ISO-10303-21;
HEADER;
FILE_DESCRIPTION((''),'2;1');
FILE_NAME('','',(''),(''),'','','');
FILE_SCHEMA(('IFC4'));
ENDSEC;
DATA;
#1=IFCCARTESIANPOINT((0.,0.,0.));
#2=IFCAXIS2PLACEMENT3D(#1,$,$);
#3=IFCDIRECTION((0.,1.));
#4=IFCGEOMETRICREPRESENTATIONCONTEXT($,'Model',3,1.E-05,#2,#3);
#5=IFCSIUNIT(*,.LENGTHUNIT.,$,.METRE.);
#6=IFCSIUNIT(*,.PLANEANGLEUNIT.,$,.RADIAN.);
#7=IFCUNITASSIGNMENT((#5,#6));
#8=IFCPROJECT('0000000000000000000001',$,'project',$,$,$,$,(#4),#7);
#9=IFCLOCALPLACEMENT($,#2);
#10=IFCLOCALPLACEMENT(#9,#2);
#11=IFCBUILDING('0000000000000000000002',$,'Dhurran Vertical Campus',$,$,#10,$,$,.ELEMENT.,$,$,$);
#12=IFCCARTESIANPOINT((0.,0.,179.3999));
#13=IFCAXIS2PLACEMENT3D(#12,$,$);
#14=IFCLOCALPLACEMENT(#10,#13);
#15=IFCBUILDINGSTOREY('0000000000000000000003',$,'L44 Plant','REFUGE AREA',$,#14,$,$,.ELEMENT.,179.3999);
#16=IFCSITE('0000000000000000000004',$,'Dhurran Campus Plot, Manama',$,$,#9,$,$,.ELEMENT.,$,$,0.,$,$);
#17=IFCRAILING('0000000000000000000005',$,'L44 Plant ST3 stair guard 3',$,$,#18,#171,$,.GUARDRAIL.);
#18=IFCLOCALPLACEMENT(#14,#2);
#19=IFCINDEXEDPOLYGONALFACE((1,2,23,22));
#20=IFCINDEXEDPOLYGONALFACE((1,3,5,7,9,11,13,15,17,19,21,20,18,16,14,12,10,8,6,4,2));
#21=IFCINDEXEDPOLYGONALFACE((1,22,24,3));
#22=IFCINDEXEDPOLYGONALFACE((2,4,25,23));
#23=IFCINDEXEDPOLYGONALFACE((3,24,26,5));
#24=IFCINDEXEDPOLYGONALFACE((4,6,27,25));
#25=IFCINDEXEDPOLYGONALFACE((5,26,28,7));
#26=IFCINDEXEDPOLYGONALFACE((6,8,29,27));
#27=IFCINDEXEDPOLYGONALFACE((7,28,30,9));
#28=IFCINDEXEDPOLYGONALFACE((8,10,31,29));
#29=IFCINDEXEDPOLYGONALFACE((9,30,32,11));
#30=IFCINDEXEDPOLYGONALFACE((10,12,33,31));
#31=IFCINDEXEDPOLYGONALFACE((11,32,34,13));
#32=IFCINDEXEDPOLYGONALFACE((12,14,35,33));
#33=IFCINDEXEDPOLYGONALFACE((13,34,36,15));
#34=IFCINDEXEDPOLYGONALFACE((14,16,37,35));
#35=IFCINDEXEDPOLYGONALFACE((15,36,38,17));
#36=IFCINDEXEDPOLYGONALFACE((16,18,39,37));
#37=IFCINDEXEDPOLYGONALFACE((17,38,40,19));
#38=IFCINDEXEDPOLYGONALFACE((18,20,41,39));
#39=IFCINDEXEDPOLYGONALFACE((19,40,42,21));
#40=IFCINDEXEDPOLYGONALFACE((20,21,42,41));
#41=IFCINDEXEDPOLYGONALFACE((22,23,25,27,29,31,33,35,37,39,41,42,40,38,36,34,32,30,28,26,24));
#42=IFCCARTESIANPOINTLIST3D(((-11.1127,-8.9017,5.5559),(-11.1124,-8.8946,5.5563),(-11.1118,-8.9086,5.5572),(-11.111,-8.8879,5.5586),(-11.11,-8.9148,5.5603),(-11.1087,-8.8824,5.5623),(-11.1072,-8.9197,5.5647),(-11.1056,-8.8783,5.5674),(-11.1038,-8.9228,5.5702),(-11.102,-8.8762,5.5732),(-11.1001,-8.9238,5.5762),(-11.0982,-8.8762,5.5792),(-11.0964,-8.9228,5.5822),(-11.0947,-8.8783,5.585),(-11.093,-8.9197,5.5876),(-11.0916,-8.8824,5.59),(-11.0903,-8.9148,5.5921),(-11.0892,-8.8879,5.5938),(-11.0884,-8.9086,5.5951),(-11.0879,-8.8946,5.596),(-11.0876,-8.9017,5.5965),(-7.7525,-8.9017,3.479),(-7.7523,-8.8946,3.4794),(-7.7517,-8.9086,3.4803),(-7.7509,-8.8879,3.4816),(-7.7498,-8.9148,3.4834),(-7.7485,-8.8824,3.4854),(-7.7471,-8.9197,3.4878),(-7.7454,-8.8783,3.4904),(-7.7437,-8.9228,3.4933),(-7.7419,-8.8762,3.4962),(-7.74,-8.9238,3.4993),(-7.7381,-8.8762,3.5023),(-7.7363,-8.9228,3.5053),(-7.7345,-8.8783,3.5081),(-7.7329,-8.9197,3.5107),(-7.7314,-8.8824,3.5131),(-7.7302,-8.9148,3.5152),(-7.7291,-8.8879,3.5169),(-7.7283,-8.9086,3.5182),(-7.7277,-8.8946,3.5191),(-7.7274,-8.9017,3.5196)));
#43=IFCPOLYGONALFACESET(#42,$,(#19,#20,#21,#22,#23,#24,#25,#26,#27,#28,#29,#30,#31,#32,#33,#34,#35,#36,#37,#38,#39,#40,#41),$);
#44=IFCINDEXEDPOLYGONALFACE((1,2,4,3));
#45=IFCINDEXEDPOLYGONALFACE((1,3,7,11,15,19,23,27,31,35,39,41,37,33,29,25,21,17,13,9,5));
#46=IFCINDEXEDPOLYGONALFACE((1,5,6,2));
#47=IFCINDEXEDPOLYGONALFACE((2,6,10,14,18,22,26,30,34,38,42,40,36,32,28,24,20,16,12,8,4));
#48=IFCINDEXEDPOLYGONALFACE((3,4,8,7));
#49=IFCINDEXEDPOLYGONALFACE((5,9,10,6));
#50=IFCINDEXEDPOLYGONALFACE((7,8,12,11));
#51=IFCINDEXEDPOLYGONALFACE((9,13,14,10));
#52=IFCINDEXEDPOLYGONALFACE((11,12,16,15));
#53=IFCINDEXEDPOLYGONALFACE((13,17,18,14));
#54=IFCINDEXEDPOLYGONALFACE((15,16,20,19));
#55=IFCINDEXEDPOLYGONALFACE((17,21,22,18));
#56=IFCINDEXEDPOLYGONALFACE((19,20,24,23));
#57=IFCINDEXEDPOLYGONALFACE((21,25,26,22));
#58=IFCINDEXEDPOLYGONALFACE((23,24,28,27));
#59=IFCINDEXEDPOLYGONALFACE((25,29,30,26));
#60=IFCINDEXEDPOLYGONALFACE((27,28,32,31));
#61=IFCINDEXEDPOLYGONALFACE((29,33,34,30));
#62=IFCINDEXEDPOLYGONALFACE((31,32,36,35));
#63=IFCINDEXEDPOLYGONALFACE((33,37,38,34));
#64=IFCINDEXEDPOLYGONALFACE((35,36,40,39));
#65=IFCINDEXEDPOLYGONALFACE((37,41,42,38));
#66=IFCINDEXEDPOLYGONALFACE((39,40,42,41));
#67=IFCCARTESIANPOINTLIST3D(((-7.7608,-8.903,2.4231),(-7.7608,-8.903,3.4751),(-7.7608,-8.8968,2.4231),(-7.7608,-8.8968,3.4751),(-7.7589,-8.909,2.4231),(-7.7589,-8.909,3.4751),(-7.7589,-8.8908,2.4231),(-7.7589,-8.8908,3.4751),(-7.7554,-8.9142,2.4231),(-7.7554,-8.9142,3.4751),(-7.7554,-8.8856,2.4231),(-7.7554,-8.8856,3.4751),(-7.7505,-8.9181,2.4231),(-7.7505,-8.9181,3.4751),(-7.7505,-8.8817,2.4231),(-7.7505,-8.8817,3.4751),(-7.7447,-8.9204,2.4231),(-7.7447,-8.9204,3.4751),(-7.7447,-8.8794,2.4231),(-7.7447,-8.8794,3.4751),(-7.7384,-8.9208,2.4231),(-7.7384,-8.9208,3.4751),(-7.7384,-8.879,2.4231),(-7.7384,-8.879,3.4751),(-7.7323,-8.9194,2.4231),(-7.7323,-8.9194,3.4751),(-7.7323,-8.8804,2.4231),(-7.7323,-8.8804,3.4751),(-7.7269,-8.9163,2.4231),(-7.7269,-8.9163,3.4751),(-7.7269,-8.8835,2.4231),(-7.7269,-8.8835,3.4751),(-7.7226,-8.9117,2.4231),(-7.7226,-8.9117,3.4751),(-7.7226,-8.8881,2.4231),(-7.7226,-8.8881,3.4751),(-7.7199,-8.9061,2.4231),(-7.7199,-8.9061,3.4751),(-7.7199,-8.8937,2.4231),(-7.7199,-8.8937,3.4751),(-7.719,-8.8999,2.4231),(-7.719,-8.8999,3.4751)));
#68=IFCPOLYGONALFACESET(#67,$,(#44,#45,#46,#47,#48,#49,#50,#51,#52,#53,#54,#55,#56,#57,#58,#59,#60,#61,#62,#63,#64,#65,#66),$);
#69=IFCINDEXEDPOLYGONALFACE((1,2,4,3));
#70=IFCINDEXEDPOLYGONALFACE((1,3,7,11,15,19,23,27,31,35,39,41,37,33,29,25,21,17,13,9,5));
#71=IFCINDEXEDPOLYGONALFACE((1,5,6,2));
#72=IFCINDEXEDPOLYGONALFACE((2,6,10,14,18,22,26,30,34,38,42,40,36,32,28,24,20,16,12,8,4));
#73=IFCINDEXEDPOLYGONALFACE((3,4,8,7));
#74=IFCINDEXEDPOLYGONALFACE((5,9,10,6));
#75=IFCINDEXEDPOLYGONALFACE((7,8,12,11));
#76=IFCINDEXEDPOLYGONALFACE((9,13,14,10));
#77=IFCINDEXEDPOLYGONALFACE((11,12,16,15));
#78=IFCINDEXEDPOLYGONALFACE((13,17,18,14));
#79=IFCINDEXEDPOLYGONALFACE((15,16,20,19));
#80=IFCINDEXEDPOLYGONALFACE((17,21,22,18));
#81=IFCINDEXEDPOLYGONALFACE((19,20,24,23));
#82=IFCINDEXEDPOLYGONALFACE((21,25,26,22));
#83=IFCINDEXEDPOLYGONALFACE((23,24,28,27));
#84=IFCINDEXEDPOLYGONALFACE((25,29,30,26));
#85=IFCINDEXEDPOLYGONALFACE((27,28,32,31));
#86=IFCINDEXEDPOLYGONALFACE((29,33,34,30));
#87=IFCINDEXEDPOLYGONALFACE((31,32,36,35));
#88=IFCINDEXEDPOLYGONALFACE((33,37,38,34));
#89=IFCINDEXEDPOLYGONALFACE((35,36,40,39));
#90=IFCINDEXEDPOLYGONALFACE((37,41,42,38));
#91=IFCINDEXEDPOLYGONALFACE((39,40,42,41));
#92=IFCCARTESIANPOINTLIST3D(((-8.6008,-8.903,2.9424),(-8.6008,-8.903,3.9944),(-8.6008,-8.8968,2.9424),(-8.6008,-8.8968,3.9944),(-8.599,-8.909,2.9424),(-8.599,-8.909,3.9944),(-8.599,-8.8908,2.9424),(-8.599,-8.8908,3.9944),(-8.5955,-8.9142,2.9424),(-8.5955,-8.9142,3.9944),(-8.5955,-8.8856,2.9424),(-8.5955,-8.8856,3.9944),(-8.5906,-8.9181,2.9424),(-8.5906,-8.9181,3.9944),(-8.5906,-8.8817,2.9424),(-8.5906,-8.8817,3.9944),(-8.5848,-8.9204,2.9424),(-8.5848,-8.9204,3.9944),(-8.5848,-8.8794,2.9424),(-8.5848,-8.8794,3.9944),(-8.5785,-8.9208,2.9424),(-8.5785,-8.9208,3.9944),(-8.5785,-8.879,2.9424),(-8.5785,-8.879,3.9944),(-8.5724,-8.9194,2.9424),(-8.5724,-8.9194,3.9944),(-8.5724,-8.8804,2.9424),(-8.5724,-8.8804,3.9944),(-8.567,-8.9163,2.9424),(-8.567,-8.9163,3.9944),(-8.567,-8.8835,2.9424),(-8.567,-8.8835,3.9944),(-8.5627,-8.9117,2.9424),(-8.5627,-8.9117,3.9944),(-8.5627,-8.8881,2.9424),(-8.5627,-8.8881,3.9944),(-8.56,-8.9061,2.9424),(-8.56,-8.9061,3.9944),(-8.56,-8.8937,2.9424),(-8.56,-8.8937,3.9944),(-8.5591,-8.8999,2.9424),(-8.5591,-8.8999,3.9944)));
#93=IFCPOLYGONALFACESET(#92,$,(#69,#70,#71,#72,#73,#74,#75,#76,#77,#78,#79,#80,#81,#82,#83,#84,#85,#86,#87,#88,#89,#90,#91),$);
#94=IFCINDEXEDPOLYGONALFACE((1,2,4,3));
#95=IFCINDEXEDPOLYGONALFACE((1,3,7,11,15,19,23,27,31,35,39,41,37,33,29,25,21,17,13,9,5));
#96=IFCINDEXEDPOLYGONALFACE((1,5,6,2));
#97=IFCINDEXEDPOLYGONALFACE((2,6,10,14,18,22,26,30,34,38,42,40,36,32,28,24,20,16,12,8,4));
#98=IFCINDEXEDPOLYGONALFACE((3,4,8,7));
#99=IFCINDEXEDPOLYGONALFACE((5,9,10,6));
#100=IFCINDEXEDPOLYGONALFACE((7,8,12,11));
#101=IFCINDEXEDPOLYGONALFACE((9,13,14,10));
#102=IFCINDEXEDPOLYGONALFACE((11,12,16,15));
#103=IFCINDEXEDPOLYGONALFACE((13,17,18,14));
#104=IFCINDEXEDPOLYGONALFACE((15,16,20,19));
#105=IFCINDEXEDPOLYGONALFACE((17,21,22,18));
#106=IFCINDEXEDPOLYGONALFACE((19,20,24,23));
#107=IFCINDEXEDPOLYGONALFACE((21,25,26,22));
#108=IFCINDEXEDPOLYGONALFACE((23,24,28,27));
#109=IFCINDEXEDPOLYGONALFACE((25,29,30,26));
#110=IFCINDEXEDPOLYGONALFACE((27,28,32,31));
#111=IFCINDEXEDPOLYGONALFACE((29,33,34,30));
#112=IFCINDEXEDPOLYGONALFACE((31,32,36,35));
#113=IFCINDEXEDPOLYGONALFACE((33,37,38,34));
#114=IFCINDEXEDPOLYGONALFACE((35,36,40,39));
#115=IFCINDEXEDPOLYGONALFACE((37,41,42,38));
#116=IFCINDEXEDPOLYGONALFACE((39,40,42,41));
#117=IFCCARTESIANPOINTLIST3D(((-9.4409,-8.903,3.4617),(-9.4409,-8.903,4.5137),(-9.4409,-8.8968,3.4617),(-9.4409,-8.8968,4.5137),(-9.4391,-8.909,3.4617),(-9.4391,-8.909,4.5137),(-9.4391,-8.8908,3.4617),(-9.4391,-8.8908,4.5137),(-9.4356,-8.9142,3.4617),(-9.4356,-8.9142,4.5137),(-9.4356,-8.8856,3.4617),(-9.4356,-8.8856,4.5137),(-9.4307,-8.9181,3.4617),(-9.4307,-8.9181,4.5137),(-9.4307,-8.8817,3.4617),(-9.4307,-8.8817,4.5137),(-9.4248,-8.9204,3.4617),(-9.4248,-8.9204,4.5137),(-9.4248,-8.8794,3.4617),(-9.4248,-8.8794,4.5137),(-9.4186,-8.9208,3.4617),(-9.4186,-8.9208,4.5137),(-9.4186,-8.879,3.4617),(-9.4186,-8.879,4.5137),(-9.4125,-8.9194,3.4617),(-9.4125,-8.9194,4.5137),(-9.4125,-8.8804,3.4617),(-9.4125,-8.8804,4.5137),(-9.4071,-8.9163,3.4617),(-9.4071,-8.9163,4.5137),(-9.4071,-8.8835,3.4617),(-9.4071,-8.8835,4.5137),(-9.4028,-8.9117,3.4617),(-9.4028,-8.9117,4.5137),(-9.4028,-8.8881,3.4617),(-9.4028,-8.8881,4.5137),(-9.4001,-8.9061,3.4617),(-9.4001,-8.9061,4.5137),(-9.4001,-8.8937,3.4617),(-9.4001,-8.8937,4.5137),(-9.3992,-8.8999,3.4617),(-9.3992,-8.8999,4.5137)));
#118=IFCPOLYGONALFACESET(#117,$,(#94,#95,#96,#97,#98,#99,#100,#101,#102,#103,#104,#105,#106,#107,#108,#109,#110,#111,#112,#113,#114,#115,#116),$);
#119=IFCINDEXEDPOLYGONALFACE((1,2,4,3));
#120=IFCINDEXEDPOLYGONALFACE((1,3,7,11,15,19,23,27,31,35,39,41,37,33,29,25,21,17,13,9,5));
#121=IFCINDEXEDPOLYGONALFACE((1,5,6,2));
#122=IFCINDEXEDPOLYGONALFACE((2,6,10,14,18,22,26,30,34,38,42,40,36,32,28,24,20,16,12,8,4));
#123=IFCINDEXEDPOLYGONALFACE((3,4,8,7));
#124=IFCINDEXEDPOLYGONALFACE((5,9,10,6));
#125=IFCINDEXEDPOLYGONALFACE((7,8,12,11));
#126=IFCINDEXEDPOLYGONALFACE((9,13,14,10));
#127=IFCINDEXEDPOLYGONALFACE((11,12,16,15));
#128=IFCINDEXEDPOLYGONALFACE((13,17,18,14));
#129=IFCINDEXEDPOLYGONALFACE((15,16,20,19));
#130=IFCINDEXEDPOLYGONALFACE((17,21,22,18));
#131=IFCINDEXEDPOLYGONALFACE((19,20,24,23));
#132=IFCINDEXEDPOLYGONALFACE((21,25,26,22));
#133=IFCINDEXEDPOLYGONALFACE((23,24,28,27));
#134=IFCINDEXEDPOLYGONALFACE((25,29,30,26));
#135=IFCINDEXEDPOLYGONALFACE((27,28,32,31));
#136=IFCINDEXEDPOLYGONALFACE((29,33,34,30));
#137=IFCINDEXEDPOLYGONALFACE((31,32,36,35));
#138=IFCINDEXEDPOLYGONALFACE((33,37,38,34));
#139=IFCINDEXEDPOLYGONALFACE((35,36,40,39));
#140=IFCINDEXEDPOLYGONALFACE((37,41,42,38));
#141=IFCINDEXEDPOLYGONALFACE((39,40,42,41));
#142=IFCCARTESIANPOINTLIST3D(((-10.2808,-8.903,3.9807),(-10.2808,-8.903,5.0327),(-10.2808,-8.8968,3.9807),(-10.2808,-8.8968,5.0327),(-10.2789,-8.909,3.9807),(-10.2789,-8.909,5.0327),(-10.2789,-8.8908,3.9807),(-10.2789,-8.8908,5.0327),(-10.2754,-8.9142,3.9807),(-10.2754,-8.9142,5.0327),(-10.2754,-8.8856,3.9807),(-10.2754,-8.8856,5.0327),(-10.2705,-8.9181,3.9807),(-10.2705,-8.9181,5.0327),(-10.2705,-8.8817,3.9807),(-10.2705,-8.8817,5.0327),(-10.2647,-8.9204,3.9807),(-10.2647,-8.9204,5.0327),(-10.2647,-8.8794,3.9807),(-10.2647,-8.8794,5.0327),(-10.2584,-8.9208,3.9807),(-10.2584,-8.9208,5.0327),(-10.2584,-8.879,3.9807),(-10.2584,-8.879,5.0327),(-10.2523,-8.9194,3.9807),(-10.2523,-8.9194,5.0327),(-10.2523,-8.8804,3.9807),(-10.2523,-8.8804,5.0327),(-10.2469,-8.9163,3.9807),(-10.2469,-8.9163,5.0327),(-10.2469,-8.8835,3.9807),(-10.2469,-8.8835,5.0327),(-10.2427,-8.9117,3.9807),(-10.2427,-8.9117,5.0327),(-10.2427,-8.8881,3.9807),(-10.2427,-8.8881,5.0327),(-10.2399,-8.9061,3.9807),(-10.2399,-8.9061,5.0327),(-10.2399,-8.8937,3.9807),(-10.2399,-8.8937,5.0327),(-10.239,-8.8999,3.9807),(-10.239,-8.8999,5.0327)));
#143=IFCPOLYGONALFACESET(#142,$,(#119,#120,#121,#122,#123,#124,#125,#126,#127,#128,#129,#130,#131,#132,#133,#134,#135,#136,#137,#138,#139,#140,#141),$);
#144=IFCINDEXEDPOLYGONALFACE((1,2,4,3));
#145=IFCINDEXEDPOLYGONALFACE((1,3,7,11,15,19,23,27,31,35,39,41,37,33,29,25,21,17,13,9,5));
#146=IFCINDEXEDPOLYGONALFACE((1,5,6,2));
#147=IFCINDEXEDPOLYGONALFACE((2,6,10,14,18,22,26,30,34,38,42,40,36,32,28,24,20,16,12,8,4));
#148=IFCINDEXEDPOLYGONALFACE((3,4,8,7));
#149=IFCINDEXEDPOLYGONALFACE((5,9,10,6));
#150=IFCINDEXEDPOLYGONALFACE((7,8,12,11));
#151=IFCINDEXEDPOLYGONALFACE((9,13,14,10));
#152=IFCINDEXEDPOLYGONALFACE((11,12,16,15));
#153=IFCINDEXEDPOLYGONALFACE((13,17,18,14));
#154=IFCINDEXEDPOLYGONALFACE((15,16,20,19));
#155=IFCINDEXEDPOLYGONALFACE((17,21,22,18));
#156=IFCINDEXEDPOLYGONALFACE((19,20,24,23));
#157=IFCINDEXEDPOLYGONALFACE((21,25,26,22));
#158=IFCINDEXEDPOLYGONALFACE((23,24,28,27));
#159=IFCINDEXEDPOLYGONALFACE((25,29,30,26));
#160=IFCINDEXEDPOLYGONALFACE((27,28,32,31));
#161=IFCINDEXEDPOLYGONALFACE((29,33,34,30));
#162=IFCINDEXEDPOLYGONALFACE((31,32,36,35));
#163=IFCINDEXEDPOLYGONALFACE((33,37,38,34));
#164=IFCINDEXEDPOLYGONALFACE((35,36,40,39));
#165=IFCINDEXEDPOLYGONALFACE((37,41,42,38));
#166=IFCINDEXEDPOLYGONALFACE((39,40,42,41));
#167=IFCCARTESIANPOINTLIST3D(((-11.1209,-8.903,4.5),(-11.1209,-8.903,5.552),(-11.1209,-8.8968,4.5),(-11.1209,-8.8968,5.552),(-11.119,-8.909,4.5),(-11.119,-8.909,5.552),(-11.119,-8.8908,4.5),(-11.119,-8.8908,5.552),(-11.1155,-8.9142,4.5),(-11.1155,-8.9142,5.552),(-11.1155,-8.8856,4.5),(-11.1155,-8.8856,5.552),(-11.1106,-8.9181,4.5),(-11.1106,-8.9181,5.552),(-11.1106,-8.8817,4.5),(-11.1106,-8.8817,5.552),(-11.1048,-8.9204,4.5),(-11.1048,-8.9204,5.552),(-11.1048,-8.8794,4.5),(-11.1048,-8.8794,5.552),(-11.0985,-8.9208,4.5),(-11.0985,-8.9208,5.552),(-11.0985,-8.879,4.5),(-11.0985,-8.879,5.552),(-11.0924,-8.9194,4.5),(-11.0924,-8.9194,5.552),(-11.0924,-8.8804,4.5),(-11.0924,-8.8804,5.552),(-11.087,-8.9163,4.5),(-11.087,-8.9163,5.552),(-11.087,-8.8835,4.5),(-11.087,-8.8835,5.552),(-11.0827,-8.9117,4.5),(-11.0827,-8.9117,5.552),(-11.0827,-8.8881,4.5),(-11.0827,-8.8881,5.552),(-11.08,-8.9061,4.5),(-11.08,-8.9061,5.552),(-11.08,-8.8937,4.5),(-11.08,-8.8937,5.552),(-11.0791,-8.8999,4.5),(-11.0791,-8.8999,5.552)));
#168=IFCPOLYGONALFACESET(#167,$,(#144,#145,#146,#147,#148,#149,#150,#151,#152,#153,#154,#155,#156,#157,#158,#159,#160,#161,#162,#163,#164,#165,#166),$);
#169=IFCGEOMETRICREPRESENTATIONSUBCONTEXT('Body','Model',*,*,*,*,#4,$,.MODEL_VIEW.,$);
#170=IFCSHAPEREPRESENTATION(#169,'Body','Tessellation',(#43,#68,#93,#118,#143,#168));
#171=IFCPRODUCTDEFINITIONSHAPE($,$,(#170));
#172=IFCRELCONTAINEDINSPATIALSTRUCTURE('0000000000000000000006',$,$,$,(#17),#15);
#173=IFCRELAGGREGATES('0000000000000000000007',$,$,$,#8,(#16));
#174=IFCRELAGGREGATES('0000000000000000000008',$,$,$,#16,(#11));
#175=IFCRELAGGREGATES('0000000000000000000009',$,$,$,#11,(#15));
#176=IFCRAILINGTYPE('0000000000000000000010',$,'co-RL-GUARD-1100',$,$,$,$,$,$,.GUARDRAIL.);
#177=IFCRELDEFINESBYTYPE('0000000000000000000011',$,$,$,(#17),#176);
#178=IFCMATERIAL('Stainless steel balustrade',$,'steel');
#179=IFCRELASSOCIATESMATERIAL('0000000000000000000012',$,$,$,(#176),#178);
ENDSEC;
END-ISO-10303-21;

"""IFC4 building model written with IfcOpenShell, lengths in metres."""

from ifc_helpers import new_model, si_unit, direction, frame, origin, origin_2d, place, context, subcontext, project, spatial, circle, extrude, material, type_object, element, save


model = new_model("IFC4")

# Units and contexts
model_context = context("Model", 3, precision=1e-05, world=origin(), true_north=direction((0.0, 1.0)))
body_context = subcontext(model_context, "Body", "Model", "MODEL_VIEW")
ifc_project = project(units=[si_unit("LENGTHUNIT", "METRE"), si_unit("PLANEANGLEUNIT", "RADIAN")], contexts=[model_context])

# Site, building, storey
site_placement = place(None, origin())
site = spatial("IfcSite", under=ifc_project, at=site_placement, Name="Dhurran Campus Plot, Manama", CompositionType="ELEMENT", RefElevation=0.0)
building_placement = place(site_placement, origin())
building = spatial("IfcBuilding", under=site, at=building_placement, Name="Dhurran Vertical Campus", CompositionType="ELEMENT")
storey_placement = place(building_placement, frame((0.0, 0.0, 179.3999)))
storey = spatial("IfcBuildingStorey", under=building, at=storey_placement, Name="L44 Plant", Description="REFUGE AREA", CompositionType="ELEMENT", Elevation=179.3999)

# Railing
ifc_material_1 = material(Name="Stainless steel balustrade", Category="steel")
railing_type_1 = type_object("IfcRailingType", Name="co-RL-GUARD-1100", PredefinedType="GUARDRAIL", material=ifc_material_1)
railing_1_placement = place(storey_placement, frame((-7.74, -8.8999, 2.4231)))
element("IfcRailing", 1, at=railing_1_placement, inside=storey, type_object=railing_type_1, Name="L44 Plant ST3 stair guard 3", PredefinedType="GUARDRAIL", context=body_context, shape_type="SweptSolid", body=[
    extrude(circle(Radius=0.0239, at=origin_2d()), frame((0.0, 0.0, 1.0762), z_axis=(-0.850623, 0.0, 0.525776), x_axis=(0.0, -1.0, 0.0)), (0.0, 0.0, 1.0), 3.9502),
    extrude(circle(Radius=0.021, at=origin_2d()), origin(), (0.0, 0.0, 1.0), 1.052),
    extrude(circle(Radius=0.021, at=origin_2d()), frame((-0.8401, 0.0, 0.5193)), (0.0, 0.0, 1.0), 1.052),
    extrude(circle(Radius=0.021, at=origin_2d()), frame((-1.6802, 0.0, 1.0386)), (0.0, 0.0, 1.0), 1.052),
    extrude(circle(Radius=0.021, at=origin_2d()), frame((-2.52, 0.0, 1.5576)), (0.0, 0.0, 1.0), 1.052),
    extrude(circle(Radius=0.021, at=origin_2d()), frame((-3.3601, 0.0, 2.0769)), (0.0, 0.0, 1.0), 1.052),
])

save(model, "model.ifc")
